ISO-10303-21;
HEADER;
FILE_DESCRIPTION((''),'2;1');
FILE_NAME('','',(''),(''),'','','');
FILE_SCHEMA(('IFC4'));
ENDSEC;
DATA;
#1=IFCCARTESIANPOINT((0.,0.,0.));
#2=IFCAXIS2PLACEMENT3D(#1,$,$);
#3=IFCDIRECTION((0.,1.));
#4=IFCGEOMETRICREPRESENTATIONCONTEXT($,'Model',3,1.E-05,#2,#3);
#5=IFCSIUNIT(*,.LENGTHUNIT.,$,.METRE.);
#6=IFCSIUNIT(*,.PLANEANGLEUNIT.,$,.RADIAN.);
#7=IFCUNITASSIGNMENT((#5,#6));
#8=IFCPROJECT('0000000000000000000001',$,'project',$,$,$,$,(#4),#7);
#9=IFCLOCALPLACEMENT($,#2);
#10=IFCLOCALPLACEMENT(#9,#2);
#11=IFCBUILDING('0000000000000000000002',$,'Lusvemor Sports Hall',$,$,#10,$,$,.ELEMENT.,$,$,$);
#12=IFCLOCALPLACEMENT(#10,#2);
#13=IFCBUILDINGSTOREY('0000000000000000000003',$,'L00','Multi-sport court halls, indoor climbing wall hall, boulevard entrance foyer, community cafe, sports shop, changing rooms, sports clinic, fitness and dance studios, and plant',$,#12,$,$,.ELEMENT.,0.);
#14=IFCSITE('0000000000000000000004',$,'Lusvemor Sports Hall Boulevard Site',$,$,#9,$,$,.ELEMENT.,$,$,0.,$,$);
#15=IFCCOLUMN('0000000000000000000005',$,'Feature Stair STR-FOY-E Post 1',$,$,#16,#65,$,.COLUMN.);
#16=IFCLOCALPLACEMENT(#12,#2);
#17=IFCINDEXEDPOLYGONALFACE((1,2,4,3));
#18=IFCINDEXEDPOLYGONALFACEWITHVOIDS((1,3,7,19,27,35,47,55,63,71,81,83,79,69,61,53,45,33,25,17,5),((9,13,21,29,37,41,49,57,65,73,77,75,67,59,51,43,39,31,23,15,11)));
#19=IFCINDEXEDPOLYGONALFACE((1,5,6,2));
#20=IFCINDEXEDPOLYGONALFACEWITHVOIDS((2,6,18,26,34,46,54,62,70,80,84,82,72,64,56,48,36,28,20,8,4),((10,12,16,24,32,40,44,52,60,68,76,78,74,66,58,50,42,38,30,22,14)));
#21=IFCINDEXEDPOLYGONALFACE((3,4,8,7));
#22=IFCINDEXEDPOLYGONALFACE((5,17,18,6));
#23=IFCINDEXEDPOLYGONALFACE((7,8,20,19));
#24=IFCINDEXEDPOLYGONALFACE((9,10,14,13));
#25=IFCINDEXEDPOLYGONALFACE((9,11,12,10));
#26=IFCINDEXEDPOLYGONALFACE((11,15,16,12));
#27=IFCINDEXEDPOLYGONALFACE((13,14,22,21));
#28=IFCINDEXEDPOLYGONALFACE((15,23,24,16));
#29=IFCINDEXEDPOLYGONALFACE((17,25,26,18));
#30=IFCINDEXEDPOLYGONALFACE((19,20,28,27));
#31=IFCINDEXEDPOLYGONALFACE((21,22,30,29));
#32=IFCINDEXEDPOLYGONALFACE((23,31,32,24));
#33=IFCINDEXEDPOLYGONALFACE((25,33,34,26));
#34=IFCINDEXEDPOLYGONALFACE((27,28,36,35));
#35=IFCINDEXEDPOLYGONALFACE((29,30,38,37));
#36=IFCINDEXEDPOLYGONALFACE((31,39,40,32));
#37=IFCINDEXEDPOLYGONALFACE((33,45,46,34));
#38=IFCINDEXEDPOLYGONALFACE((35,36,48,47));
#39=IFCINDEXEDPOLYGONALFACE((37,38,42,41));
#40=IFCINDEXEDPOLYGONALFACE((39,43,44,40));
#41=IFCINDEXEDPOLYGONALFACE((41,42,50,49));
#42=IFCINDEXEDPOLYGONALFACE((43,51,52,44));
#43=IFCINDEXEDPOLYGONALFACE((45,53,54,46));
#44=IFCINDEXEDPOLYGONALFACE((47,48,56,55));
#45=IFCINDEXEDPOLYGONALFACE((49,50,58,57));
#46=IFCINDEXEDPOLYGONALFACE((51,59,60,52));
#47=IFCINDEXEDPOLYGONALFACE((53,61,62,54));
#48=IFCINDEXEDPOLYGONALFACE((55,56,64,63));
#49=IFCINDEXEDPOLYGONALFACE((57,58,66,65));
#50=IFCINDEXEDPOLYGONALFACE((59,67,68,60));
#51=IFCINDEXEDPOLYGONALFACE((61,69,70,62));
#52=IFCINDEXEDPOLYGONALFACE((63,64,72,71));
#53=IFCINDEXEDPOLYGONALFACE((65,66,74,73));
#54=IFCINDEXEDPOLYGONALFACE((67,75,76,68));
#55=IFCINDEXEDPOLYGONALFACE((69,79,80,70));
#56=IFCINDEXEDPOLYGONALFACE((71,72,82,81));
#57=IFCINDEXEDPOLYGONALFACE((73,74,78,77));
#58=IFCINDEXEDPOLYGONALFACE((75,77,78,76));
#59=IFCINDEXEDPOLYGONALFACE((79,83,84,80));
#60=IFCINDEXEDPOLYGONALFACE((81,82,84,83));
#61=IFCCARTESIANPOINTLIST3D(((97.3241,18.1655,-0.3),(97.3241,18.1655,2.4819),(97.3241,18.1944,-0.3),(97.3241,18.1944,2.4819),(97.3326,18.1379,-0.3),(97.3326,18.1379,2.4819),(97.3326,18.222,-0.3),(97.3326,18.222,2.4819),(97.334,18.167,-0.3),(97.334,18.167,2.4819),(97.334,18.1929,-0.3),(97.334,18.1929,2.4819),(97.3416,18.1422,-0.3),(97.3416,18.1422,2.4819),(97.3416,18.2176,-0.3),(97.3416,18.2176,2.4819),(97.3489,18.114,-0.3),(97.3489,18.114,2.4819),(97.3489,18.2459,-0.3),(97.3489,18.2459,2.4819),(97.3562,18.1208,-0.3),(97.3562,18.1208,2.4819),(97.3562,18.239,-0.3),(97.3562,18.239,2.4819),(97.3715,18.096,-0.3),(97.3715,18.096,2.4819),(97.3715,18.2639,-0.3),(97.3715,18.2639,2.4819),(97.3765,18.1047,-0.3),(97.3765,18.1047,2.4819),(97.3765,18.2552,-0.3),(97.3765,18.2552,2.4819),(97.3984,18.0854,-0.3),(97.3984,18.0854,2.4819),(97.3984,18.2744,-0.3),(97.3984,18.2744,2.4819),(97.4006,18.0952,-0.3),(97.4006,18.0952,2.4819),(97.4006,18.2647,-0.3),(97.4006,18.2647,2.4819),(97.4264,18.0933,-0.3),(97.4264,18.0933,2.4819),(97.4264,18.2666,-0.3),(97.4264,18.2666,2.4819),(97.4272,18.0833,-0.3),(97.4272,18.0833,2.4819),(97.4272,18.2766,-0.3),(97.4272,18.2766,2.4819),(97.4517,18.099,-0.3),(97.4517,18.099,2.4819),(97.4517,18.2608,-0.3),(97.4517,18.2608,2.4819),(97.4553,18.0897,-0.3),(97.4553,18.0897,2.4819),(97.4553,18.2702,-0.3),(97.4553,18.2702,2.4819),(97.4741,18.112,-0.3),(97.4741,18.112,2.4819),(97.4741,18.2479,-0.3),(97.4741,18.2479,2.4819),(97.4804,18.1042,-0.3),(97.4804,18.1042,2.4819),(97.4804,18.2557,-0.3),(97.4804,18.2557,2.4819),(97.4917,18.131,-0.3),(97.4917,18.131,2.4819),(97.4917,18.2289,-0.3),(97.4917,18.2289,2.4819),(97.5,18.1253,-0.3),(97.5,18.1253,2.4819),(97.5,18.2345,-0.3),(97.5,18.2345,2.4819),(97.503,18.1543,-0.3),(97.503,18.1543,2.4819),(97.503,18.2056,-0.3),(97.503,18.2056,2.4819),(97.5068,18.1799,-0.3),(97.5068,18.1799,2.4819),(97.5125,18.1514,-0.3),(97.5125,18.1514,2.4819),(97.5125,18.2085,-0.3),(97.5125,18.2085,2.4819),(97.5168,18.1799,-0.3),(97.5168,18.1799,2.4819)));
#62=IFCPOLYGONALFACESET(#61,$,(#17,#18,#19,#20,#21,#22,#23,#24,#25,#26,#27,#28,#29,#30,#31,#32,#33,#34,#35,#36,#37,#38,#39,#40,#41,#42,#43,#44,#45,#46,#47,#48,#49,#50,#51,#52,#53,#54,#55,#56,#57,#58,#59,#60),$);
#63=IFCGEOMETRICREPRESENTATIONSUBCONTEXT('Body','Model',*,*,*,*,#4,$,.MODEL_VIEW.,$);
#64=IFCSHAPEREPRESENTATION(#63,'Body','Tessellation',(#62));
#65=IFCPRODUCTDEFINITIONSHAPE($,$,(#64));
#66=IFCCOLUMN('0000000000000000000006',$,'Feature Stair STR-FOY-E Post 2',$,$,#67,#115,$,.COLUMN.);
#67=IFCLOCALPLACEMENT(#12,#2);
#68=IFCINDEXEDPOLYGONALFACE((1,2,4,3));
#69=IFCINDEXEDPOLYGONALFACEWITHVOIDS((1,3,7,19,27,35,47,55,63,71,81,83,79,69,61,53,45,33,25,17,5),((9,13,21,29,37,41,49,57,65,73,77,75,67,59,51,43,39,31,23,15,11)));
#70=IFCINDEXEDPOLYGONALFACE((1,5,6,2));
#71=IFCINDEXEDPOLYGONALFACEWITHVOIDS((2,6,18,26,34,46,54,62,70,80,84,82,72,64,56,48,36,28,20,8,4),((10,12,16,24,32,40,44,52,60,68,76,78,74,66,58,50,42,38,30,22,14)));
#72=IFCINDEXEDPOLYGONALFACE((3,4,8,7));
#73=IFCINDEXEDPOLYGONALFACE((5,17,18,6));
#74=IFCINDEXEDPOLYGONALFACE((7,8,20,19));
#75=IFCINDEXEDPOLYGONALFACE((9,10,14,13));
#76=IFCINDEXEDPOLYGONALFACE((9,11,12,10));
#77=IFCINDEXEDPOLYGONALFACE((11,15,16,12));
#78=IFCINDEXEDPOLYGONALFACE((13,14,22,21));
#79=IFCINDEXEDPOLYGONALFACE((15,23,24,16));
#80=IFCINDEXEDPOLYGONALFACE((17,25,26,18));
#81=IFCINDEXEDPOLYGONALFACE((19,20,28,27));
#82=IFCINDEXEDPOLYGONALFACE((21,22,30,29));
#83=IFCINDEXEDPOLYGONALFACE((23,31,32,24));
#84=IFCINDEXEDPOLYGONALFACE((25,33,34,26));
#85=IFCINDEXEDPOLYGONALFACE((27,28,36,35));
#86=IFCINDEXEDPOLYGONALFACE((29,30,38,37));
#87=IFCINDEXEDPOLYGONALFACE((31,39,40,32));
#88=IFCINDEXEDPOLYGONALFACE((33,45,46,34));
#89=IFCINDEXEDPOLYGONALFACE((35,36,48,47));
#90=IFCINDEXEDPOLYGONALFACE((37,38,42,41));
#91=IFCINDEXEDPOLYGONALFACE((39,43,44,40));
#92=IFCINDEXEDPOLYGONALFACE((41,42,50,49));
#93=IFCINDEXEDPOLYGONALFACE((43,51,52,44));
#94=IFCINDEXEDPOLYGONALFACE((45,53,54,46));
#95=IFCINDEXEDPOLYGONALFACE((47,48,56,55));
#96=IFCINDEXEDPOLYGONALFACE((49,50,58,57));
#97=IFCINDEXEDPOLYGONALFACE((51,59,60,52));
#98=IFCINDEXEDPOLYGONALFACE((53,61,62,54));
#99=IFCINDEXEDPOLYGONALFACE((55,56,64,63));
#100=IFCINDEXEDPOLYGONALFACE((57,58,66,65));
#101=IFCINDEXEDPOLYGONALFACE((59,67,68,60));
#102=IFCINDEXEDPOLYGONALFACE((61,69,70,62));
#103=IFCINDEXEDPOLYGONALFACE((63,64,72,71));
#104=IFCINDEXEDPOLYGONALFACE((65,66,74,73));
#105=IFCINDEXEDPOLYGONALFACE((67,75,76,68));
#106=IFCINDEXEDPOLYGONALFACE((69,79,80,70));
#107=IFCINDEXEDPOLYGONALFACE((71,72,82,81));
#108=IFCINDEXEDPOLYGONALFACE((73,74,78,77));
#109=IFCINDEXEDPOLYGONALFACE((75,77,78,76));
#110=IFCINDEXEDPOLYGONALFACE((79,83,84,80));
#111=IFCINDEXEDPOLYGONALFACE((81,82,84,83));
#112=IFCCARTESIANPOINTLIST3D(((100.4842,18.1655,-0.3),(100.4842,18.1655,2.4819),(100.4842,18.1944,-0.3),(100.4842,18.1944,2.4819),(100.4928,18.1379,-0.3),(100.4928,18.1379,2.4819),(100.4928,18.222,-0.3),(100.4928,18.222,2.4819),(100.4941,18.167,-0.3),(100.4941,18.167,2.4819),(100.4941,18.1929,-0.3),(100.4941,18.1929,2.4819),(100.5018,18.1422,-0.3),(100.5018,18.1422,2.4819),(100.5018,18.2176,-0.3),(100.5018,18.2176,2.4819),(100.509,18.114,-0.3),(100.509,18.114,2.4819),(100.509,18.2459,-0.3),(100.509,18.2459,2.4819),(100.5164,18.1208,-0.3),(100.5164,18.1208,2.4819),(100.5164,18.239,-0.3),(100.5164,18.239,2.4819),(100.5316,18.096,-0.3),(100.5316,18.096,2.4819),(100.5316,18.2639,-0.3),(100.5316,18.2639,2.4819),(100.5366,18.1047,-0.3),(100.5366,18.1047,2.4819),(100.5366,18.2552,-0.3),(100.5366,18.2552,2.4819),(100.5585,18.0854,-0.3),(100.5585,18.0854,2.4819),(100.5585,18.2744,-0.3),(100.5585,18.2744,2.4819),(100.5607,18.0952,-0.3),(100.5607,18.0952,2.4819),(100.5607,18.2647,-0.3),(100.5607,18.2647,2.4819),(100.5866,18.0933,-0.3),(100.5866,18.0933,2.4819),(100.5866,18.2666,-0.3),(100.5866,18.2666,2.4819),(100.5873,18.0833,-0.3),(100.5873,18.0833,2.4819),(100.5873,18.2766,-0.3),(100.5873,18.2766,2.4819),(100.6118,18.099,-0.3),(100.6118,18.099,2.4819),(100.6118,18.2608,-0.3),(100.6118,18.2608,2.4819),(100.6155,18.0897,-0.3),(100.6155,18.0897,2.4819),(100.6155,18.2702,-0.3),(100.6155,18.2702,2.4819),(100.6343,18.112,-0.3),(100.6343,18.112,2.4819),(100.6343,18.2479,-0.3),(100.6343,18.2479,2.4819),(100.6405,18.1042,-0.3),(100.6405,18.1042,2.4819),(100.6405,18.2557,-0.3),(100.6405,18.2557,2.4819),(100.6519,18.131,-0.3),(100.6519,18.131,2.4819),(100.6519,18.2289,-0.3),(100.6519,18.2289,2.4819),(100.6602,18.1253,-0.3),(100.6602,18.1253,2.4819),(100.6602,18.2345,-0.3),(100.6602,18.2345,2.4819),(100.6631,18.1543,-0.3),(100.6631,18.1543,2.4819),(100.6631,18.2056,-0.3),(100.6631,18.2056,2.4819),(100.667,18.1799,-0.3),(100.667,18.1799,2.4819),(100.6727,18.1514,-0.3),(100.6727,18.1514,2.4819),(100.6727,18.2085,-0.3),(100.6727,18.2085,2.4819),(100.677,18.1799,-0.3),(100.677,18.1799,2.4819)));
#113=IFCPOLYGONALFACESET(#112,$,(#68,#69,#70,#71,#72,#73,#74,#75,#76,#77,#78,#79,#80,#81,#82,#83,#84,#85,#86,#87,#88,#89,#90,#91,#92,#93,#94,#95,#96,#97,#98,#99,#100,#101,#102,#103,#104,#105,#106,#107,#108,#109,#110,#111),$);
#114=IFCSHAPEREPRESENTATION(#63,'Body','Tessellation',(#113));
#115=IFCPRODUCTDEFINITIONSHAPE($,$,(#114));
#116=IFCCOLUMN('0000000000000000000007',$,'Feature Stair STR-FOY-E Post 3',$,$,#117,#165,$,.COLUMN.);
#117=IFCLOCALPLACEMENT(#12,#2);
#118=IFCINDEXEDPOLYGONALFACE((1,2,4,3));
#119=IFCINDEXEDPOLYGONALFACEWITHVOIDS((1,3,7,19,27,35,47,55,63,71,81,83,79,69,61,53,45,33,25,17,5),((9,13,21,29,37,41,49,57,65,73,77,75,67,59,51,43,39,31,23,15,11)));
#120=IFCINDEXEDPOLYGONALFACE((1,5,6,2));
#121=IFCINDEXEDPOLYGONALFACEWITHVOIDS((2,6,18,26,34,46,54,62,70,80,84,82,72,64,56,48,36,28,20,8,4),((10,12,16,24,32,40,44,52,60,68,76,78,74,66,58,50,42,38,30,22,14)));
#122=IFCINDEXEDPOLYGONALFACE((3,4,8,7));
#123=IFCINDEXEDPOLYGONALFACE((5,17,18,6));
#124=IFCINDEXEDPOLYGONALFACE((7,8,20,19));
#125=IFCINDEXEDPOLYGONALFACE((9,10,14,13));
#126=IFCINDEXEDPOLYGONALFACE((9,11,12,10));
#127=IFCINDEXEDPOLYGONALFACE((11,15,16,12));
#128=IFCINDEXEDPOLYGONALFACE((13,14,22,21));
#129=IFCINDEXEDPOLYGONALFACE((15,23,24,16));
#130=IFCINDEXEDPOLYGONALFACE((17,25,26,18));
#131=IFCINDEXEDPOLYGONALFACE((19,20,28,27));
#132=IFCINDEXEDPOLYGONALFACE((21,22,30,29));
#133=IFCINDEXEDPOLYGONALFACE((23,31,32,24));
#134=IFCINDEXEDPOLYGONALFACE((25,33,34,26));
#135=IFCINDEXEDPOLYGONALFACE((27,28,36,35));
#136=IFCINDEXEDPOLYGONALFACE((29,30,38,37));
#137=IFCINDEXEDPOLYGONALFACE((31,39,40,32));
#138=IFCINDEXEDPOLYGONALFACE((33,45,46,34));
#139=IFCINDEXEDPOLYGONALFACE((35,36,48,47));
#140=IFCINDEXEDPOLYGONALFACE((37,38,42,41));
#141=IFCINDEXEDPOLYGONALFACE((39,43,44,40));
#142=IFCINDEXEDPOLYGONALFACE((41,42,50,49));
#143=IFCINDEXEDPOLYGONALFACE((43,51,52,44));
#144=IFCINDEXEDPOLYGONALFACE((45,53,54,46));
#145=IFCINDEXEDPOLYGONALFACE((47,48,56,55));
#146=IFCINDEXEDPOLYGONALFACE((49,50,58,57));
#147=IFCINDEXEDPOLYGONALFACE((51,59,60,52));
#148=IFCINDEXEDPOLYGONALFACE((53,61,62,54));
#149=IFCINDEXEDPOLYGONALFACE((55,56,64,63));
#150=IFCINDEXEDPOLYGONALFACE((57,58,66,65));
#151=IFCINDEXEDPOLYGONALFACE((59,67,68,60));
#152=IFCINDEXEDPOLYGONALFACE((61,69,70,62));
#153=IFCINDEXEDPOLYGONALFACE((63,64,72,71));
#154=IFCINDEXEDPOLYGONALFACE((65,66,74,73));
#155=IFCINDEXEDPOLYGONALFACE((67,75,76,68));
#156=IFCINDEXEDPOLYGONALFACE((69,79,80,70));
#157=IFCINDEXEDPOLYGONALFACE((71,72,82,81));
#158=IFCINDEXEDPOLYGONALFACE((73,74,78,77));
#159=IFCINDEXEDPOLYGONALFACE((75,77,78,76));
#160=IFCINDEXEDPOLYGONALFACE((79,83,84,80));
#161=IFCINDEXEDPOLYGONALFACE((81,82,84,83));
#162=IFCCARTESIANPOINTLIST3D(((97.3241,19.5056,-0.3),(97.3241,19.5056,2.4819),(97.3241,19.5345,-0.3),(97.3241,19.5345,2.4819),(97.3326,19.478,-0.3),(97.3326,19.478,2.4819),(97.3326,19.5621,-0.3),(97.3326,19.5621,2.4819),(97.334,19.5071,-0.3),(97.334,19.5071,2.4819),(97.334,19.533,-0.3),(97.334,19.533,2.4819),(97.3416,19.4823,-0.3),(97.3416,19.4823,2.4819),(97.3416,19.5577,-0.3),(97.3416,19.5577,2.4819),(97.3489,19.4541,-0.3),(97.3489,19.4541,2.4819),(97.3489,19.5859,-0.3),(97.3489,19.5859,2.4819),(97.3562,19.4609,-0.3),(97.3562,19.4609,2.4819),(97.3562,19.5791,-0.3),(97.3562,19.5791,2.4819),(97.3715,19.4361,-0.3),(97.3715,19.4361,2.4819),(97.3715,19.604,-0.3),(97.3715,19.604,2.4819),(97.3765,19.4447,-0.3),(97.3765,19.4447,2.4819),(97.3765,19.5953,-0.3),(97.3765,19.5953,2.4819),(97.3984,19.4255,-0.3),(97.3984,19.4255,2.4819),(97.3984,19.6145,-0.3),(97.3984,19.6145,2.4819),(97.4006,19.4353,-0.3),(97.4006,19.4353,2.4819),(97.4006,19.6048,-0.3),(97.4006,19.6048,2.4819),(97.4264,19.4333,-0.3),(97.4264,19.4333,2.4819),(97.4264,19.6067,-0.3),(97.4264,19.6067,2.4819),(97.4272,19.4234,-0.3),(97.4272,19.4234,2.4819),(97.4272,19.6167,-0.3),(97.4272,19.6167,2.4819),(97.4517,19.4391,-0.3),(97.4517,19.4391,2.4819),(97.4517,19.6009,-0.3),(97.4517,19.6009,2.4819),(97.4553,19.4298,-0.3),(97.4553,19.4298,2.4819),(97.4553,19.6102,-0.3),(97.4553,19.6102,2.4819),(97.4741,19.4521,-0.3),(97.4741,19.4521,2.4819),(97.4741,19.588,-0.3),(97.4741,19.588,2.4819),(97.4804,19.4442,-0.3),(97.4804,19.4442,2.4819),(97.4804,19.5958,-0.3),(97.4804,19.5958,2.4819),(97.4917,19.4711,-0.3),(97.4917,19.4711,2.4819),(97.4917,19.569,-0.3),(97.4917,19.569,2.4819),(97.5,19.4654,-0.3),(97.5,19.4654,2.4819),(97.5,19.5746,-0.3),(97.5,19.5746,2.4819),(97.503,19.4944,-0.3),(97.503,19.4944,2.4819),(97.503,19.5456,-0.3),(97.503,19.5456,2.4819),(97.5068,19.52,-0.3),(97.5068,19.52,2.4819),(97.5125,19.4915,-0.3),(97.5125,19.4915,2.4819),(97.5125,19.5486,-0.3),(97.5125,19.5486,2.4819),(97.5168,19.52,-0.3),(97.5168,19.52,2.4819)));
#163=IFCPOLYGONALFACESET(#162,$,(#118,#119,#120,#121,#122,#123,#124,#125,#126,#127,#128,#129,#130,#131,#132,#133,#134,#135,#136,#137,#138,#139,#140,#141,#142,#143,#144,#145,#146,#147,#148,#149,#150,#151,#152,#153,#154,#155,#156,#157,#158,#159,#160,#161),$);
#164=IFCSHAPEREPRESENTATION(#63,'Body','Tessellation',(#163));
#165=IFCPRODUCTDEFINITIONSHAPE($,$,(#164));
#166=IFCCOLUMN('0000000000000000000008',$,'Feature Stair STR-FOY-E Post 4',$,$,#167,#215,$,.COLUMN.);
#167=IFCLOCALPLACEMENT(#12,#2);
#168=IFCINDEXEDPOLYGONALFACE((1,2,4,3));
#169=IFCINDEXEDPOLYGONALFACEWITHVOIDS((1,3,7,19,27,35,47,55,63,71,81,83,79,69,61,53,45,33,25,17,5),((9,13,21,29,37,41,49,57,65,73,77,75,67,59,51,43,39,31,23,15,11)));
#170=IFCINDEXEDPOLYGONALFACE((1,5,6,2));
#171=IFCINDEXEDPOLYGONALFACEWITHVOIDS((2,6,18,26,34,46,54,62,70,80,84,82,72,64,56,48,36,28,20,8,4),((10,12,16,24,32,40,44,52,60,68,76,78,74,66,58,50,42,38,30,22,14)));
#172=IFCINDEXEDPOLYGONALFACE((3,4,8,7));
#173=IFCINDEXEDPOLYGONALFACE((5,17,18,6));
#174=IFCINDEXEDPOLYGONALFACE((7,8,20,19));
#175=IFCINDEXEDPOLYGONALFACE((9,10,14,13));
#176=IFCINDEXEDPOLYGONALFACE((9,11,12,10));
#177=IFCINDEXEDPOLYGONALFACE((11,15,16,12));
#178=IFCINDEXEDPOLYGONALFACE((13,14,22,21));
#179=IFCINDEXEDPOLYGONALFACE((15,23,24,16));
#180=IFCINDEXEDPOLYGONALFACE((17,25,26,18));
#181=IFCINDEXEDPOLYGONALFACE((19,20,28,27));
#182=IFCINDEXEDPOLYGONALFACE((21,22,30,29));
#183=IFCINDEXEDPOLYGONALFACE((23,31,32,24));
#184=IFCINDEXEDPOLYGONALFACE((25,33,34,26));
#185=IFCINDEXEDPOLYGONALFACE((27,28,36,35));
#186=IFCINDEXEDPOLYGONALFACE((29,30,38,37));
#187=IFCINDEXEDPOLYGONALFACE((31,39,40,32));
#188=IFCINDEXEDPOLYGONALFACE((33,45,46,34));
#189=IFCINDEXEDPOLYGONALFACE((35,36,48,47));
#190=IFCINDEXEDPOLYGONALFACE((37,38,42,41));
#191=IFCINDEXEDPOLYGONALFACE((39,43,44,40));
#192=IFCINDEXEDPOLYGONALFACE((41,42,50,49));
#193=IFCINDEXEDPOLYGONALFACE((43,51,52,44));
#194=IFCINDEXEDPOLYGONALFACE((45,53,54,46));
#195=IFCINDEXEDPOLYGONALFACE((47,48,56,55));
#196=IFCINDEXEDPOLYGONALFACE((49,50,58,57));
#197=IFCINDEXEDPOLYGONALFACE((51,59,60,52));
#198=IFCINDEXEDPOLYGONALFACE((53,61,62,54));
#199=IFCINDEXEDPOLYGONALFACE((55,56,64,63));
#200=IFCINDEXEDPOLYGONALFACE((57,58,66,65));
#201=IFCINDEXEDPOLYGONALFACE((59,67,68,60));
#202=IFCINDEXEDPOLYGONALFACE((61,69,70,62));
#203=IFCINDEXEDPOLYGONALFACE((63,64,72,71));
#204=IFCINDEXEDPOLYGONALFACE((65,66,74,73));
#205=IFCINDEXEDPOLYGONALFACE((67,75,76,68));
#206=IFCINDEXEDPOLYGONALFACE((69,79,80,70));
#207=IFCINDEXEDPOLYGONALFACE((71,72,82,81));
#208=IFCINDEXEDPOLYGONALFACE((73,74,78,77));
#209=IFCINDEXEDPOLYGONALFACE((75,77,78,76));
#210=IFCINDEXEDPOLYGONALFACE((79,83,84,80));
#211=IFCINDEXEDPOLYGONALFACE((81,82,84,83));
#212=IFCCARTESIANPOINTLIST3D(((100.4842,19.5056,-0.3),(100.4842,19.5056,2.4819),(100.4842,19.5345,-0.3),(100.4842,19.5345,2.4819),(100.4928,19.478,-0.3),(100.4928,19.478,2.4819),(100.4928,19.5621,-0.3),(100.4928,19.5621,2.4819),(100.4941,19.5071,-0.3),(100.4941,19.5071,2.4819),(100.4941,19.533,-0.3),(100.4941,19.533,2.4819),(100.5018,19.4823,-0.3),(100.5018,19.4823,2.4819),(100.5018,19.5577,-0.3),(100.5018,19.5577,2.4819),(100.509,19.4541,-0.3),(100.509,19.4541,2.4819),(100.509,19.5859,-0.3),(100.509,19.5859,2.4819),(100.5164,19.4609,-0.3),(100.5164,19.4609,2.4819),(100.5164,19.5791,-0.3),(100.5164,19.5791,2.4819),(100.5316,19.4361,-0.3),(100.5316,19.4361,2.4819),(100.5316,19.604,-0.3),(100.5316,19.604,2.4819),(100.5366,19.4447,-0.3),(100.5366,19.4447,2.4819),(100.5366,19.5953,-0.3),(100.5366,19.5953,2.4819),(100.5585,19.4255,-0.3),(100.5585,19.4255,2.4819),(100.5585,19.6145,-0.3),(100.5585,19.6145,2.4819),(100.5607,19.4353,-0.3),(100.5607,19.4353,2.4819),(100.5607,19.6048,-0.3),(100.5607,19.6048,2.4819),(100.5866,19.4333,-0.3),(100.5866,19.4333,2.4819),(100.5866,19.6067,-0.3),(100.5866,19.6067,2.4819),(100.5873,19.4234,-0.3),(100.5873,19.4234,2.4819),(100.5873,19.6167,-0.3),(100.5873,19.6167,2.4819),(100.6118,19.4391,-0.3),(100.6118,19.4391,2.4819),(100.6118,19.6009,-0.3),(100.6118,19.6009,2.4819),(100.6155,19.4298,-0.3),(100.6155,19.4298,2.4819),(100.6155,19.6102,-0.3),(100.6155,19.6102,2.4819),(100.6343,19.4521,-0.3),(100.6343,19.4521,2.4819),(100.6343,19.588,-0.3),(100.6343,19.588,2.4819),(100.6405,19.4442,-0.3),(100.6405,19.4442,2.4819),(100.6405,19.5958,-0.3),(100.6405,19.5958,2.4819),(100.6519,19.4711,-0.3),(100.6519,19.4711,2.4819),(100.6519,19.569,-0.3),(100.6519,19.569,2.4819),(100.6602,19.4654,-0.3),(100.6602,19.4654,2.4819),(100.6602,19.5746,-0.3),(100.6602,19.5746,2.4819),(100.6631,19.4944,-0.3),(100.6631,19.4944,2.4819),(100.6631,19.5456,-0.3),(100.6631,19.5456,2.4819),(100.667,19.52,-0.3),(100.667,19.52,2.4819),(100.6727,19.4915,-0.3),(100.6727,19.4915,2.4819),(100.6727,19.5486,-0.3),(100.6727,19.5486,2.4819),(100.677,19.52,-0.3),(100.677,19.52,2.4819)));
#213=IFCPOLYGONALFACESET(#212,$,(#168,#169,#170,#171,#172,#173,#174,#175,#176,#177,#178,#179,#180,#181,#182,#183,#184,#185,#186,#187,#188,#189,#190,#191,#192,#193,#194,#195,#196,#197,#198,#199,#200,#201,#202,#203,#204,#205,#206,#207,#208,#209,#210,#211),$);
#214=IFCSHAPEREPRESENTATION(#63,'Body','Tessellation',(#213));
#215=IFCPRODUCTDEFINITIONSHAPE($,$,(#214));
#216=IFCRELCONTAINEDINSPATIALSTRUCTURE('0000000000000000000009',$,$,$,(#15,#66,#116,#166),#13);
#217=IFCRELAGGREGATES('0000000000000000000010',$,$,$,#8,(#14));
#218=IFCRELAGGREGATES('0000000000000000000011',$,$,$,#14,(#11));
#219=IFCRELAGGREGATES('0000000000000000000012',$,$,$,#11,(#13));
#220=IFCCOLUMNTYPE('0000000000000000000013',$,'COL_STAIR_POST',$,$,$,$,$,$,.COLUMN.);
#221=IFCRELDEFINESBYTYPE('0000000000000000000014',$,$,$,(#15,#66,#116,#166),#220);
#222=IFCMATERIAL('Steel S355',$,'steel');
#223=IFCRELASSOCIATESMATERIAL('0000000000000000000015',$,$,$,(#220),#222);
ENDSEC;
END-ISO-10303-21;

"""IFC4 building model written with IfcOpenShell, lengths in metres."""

from ifc_helpers import new_model, si_unit, direction, frame, origin, origin_2d, place, context, subcontext, project, spatial, hollow_circle, extrude, material, material_profile, profile_set, type_object, element, save


model = new_model("IFC4")

# Units and contexts
model_context = context("Model", 3, precision=1e-05, world=origin(), true_north=direction((0.0, 1.0)))
body_context = subcontext(model_context, "Body", "Model", "MODEL_VIEW")
ifc_project = project(units=[si_unit("LENGTHUNIT", "METRE"), si_unit("PLANEANGLEUNIT", "RADIAN")], contexts=[model_context])

# Site, building, storey
site_placement = place(None, origin())
site = spatial("IfcSite", under=ifc_project, at=site_placement, Name="Lusvemor Sports Hall Boulevard Site", CompositionType="ELEMENT", RefElevation=0.0)
building_placement = place(site_placement, origin())
building = spatial("IfcBuilding", under=site, at=building_placement, Name="Lusvemor Sports Hall", CompositionType="ELEMENT")
storey_placement = place(building_placement, origin())
storey = spatial("IfcBuildingStorey", under=building, at=storey_placement, Name="L00", Description="Multi-sport court halls, indoor climbing wall hall, boulevard entrance foyer, community cafe, sports shop, changing rooms, sports clinic, fitness and dance studios, and plant", CompositionType="ELEMENT", Elevation=0.0)

# Columns
ifc_material_1 = material(Name="Steel S355", Category="steel")
ifc_material_profile_1 = material_profile(ifc_material_1, hollow_circle(Radius=0.0969, WallThickness=0.01, at=origin_2d()), Name="CHS193.7x10.0")
ifc_profile_set_1 = profile_set([ifc_material_profile_1], Name="Steel S355")
column_type_1 = type_object("IfcColumnType", Name="COL_STAIR_POST", PredefinedType="COLUMN", material=ifc_profile_set_1)
for number, where, z_axis, x_axis, name in (
    (1, (97.4199, 18.1799, -0.3), (0.0, 0.0, 1.0), (1.0, 0.0, 0.0), "Feature Stair STR-FOY-E Post 1"),
    (2, (100.5801, 18.1799, -0.3), (0.0, 0.0, 1.0), (1.0, 0.0, 0.0), "Feature Stair STR-FOY-E Post 2"),
    (3, (97.4199, 19.52, -0.3), (0.0, 0.0, 1.0), (1.0, 0.0, 0.0), "Feature Stair STR-FOY-E Post 3"),
    (4, (100.5801, 19.52, -0.3), (0.0, 0.0, 1.0), (1.0, 0.0, 0.0), "Feature Stair STR-FOY-E Post 4"),
):
    element("IfcColumn", number, at=place(storey_placement, frame(where, z_axis=z_axis, x_axis=x_axis)), inside=storey, type_object=column_type_1, Name=name, PredefinedType="COLUMN", context=body_context, shape_type="SweptSolid", body=[
        extrude(hollow_circle(Radius=0.0969, WallThickness=0.01, at=origin_2d()), origin(), (0.0, 0.0, 1.0), 2.782),
    ])

save(model, "model.ifc")
